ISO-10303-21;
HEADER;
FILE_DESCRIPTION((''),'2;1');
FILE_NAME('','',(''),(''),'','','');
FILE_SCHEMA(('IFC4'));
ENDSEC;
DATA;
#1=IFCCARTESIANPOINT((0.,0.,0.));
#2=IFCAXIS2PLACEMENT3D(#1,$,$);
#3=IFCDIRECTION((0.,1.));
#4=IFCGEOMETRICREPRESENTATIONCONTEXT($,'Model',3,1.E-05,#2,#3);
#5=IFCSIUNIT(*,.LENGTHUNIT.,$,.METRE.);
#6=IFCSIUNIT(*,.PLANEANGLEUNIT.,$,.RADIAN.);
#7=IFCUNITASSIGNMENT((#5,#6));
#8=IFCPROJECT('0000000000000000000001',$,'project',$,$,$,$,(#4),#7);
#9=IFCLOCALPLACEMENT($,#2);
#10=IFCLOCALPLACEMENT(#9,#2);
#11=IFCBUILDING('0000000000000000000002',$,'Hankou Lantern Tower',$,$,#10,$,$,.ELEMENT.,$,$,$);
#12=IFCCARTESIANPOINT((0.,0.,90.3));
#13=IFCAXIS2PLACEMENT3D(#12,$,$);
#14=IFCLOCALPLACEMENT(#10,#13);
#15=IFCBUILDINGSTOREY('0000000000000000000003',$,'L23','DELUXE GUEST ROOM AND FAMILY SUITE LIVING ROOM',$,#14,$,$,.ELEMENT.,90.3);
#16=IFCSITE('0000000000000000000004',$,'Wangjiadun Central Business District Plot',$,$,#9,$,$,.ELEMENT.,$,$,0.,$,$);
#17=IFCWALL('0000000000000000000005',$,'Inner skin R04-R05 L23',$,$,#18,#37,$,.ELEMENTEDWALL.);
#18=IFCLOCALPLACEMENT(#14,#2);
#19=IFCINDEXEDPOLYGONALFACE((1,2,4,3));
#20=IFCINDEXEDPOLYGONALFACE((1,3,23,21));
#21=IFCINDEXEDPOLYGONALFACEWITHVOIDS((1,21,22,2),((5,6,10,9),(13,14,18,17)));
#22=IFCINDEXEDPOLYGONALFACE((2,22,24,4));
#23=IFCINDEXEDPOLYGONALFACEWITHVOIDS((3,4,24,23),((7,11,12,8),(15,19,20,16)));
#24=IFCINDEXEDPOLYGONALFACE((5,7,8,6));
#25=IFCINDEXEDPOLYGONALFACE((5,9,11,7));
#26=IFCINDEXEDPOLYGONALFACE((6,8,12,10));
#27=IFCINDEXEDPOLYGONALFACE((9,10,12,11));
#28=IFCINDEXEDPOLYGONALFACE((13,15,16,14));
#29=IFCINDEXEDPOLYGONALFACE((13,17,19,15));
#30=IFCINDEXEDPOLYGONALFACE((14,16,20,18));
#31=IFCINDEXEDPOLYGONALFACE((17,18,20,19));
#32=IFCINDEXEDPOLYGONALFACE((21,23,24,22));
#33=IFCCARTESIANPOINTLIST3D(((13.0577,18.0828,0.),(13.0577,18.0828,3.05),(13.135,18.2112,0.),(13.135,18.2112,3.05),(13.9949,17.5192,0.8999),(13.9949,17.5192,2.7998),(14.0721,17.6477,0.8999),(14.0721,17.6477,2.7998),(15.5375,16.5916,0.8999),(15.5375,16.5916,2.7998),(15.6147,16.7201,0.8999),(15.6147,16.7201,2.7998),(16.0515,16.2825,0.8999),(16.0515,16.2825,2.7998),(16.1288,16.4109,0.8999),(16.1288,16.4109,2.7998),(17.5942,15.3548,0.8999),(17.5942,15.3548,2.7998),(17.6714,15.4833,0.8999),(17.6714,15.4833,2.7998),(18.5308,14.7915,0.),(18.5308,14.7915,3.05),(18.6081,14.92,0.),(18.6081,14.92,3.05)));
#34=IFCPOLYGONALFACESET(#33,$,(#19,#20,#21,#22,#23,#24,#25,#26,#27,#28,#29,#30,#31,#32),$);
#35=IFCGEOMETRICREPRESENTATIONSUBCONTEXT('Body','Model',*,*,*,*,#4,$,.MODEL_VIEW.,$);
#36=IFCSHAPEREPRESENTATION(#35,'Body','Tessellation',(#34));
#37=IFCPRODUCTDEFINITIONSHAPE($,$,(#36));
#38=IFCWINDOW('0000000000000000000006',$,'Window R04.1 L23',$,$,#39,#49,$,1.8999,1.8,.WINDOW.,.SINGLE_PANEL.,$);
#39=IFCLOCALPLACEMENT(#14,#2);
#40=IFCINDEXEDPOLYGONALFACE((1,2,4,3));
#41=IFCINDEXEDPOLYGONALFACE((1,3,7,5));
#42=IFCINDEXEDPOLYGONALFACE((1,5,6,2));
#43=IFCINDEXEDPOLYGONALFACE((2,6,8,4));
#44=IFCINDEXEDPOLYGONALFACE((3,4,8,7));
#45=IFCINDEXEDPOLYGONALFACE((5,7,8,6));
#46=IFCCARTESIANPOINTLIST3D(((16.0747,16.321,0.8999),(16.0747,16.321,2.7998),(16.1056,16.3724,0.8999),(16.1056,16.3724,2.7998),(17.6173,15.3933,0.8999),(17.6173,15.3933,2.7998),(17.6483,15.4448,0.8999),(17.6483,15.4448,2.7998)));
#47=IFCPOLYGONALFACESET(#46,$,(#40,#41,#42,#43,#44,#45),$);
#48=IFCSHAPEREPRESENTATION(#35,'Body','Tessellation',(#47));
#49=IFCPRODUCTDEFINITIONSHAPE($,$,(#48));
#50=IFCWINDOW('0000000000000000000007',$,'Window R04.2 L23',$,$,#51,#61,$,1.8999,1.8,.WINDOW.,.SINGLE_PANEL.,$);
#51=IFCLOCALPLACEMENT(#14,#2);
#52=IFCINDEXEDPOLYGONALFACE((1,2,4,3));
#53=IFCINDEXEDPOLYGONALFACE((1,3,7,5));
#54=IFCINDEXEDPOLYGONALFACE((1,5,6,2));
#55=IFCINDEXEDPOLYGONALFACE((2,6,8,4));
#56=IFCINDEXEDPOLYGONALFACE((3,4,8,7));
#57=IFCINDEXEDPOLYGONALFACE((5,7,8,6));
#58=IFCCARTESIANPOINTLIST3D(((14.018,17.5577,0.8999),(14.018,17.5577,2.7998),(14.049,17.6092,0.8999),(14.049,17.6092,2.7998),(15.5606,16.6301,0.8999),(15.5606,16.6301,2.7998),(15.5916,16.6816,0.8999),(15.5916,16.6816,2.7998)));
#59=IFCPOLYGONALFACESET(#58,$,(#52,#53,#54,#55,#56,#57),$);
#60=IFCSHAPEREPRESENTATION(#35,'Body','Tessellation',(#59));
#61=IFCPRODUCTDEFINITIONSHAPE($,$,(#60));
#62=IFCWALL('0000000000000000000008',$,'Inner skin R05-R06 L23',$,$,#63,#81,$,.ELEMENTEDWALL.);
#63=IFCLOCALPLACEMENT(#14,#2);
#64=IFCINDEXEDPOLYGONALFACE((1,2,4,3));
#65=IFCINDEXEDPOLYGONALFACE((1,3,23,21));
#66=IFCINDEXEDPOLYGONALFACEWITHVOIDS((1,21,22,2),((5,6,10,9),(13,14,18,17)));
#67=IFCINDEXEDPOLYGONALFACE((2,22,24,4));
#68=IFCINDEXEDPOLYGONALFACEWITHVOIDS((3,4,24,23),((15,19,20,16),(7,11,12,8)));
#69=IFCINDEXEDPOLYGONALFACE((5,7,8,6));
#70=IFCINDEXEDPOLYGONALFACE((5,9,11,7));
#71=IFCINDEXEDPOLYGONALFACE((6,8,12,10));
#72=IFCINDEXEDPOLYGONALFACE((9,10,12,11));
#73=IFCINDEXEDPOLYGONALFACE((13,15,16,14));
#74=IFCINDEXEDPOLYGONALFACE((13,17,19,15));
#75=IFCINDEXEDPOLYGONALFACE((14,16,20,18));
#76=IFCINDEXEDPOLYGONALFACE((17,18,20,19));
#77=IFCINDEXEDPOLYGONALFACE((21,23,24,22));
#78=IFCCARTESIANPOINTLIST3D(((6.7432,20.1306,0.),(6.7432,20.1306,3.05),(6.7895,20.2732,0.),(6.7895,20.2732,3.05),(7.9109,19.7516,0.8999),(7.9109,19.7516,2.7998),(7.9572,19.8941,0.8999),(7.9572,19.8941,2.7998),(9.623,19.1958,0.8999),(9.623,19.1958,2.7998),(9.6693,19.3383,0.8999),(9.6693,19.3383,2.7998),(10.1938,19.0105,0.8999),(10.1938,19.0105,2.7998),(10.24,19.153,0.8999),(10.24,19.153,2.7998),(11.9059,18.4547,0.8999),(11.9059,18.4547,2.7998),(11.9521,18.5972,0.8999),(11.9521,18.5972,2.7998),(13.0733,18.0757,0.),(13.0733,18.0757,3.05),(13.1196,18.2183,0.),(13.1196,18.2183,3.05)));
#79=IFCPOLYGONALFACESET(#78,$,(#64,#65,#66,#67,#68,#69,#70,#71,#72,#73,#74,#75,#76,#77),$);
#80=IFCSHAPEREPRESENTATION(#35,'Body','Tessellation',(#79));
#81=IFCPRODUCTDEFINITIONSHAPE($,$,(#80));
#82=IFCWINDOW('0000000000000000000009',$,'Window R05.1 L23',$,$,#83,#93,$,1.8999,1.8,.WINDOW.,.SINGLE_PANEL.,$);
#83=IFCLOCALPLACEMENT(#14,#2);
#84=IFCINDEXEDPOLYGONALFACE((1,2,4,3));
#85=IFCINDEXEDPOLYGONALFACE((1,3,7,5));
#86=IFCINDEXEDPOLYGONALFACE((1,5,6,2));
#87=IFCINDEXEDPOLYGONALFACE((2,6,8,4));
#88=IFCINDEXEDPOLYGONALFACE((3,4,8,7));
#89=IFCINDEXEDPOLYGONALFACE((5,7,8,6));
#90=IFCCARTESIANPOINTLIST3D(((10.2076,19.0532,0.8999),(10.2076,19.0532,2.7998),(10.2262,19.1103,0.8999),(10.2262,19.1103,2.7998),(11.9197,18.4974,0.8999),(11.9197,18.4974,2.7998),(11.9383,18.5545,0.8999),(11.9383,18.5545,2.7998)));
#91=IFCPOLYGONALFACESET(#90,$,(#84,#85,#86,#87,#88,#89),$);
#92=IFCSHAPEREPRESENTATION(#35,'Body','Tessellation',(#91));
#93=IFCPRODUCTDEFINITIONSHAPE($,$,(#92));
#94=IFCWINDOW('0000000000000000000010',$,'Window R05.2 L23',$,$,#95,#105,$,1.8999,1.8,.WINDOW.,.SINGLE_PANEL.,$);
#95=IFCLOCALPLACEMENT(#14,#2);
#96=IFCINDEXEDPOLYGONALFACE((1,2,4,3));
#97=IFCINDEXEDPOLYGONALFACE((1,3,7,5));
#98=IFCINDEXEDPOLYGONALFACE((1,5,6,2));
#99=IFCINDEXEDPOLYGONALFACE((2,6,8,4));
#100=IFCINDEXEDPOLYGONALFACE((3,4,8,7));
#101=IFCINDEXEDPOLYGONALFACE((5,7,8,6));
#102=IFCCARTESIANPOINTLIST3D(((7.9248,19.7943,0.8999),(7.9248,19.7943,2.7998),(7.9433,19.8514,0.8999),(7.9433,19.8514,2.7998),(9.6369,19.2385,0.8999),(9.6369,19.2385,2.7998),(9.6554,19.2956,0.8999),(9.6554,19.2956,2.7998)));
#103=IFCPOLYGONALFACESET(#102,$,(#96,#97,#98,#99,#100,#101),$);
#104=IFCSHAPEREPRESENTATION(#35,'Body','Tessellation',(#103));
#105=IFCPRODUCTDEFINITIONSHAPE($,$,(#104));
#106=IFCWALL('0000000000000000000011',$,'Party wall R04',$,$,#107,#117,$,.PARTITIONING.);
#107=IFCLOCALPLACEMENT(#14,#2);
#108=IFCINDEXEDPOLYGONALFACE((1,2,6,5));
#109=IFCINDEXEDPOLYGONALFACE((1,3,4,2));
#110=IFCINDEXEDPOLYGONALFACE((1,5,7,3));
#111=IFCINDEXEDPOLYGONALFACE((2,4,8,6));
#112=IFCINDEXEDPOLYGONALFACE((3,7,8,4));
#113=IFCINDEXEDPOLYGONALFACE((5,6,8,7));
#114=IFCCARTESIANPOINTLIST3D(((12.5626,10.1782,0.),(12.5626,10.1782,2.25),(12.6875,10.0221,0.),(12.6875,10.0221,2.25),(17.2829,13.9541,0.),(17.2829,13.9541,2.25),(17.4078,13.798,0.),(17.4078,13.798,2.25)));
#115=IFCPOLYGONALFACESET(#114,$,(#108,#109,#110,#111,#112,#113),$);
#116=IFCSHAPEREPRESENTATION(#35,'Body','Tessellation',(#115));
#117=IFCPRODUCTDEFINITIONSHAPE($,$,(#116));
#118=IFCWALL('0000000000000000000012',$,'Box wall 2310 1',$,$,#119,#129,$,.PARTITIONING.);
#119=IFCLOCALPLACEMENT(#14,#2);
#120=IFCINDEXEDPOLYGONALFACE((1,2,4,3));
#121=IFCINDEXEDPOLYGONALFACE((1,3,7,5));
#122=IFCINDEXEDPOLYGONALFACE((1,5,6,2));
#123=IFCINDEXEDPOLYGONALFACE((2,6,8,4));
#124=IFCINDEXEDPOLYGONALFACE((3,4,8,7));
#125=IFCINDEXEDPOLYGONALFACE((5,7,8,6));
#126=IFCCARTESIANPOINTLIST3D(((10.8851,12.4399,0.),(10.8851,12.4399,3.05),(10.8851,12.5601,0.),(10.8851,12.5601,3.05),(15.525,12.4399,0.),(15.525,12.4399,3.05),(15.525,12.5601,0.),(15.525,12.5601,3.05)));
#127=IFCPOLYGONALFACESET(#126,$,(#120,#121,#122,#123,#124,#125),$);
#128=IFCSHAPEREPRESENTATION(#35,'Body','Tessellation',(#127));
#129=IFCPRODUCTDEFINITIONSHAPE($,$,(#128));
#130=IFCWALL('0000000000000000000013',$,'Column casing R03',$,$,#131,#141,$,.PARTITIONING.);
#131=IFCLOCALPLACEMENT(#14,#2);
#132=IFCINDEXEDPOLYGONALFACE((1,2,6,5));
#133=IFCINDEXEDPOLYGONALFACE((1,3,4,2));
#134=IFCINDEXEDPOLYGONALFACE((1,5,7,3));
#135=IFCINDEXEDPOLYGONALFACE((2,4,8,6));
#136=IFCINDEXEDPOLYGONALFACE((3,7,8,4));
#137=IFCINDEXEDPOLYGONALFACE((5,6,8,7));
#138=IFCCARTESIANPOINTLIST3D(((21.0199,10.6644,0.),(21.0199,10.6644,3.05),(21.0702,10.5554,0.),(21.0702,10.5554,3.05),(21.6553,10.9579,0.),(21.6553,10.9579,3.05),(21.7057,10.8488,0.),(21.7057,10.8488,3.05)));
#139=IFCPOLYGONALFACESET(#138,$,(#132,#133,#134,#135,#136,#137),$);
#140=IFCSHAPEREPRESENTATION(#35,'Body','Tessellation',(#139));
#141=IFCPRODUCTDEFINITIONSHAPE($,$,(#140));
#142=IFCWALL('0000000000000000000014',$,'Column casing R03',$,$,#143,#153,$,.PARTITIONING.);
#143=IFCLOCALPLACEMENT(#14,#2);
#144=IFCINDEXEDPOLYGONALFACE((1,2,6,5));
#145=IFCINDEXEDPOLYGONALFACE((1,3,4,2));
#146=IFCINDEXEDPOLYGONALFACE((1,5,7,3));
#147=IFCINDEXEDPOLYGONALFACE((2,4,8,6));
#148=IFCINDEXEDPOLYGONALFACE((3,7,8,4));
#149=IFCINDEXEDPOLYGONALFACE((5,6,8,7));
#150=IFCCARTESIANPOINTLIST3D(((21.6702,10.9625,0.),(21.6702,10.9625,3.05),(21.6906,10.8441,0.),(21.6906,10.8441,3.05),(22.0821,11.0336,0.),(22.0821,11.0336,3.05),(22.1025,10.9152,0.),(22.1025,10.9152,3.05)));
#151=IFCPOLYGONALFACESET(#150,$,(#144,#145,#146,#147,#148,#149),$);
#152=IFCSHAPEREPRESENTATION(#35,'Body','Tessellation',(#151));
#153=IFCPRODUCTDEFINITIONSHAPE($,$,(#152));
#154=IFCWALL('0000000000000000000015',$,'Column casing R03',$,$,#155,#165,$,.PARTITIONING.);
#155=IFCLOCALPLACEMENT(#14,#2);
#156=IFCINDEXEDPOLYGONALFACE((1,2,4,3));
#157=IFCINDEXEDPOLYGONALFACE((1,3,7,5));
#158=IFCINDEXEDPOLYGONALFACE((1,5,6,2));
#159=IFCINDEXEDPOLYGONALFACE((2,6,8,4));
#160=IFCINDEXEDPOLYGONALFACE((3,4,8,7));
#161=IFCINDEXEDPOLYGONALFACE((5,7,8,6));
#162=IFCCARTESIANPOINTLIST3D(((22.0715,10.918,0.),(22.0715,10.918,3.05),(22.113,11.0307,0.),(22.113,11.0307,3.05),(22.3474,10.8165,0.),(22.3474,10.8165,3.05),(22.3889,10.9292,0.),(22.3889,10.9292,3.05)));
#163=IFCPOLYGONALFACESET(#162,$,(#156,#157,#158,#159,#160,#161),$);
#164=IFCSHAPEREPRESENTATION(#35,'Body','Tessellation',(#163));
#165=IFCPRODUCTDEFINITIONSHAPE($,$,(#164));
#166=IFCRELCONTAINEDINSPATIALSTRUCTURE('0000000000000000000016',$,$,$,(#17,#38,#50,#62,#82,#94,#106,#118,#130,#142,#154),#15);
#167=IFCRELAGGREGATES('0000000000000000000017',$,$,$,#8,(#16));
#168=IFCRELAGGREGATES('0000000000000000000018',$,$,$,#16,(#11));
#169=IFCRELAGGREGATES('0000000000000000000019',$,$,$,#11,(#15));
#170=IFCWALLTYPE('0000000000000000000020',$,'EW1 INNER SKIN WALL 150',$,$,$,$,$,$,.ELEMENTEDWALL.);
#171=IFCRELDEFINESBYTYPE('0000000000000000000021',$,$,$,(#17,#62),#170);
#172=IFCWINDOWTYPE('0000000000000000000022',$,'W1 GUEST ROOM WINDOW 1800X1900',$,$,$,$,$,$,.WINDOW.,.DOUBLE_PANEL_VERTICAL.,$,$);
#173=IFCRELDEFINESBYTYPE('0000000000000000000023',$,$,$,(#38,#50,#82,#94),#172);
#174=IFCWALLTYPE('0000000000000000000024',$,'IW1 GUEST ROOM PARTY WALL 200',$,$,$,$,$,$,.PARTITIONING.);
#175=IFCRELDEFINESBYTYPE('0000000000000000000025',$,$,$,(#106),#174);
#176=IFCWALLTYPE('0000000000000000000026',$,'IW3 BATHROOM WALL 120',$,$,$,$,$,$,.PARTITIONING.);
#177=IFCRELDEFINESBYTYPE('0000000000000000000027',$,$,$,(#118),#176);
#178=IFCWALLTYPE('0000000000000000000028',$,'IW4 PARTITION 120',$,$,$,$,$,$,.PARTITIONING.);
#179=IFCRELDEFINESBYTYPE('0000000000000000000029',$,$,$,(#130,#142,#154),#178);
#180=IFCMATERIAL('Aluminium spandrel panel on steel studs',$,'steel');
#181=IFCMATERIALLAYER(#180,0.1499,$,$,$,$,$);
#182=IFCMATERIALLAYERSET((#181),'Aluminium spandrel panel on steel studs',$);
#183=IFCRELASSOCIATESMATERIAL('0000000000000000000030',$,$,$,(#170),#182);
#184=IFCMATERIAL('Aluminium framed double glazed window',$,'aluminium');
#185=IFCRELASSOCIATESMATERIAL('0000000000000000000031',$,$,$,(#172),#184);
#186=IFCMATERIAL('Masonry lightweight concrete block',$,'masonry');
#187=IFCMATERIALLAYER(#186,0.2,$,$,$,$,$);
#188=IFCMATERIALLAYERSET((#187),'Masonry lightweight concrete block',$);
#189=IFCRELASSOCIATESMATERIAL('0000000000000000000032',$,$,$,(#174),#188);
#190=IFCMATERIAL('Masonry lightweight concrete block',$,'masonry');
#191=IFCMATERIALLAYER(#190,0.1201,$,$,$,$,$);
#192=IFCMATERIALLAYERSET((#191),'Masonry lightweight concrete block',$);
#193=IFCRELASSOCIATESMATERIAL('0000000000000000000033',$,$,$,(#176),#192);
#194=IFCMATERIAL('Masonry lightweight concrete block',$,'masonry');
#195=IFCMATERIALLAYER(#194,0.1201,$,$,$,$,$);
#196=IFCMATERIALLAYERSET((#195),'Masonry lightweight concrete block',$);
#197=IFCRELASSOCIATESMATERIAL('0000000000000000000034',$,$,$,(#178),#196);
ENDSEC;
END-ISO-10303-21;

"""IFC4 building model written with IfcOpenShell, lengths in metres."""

from ifc_helpers import new_model, si_unit, direction, frame, frame_2d, origin, place, context, subcontext, project, spatial, rectangle, extrude, material, layer, layer_set, type_object, element, fill, save


model = new_model("IFC4")

# Units and contexts
model_context = context("Model", 3, precision=1e-05, world=origin(), true_north=direction((0.0, 1.0)))
body_context = subcontext(model_context, "Body", "Model", "MODEL_VIEW")
ifc_project = project(units=[si_unit("LENGTHUNIT", "METRE"), si_unit("PLANEANGLEUNIT", "RADIAN")], contexts=[model_context])

# Site, building, storey
site_placement = place(None, origin())
site = spatial("IfcSite", under=ifc_project, at=site_placement, Name="Wangjiadun Central Business District Plot", CompositionType="ELEMENT", RefElevation=0.0)
building_placement = place(site_placement, origin())
building = spatial("IfcBuilding", under=site, at=building_placement, Name="Hankou Lantern Tower", CompositionType="ELEMENT")
storey_placement = place(building_placement, frame((0.0, 0.0, 90.3)))
storey = spatial("IfcBuildingStorey", under=building, at=storey_placement, Name="L23", Description="DELUXE GUEST ROOM AND FAMILY SUITE LIVING ROOM", CompositionType="ELEMENT", Elevation=90.3)

# Walls, openings, windows
ifc_material_1 = material(Name="Aluminium spandrel panel on steel studs", Category="steel")
ifc_layer_1 = layer(ifc_material_1, 0.1499)
ifc_layer_set_1 = layer_set([ifc_layer_1], Name="Aluminium spandrel panel on steel studs")
wall_type_1 = type_object("IfcWallType", Name="EW1 INNER SKIN WALL 150", PredefinedType="ELEMENTEDWALL", material=ifc_layer_set_1)
ifc_material_2 = material(Name="Aluminium framed double glazed window", Category="aluminium")
window_type = type_object("IfcWindowType", Name="W1 GUEST ROOM WINDOW 1800X1900", PartitioningType="DOUBLE_PANEL_VERTICAL", PredefinedType="WINDOW", material=ifc_material_2)
wall_1_placement = place(storey_placement, frame((18.5696, 14.8557, 0.0), z_axis=(0.0, 0.0, 1.0), x_axis=(-0.856983, 0.515344, 0.0)))
wall_1 = element("IfcWall", 1, at=wall_1_placement, inside=storey, type_object=wall_type_1, Name="Inner skin R04-R05 L23", PredefinedType="ELEMENTEDWALL", context=body_context, shape_type="SweptSolid", body=[
    extrude(rectangle(XDim=6.3865, YDim=0.1499, at=frame_2d((3.1934, 0.0))), origin(), (0.0, 0.0, 1.0), 3.05),
])
opening_1_placement = place(wall_1_placement, frame((1.0933, 0.0, 0.8999)))
opening_1 = element("IfcOpeningElement", 2, at=opening_1_placement, cuts=wall_1, PredefinedType="OPENING", context=body_context, shape_type="SweptSolid", body=[
    extrude(rectangle(XDim=1.8, YDim=1.8999, at=frame_2d((0.8999, 0.95))), frame((0.0, 0.085, 0.0), z_axis=(0.0, -1.0, 0.0), x_axis=(1.0, 0.0, 0.0)), (0.0, 0.0, 1.0), 0.1699),
])
opening_2_placement = place(wall_1_placement, frame((3.4932, 0.0, 0.8999)))
opening_2 = element("IfcOpeningElement", 3, at=opening_2_placement, cuts=wall_1, PredefinedType="OPENING", context=body_context, shape_type="SweptSolid", body=[
    extrude(rectangle(XDim=1.8, YDim=1.8999, at=frame_2d((0.8999, 0.95))), frame((0.0, 0.085, 0.0), z_axis=(0.0, -1.0, 0.0), x_axis=(1.0, 0.0, 0.0)), (0.0, 0.0, 1.0), 0.1699),
])
window_1_placement = place(opening_1_placement, origin())
window_1 = element("IfcWindow", 4, at=window_1_placement, inside=storey, type_object=window_type, Name="Window R04.1 L23", OverallHeight=1.8999, OverallWidth=1.8, PartitioningType="SINGLE_PANEL", PredefinedType="WINDOW", context=body_context, shape_type="SweptSolid", body=[
    extrude(rectangle(XDim=1.8, YDim=1.8999, at=frame_2d((0.8999, 0.95))), frame((0.0, 0.03, 0.0), z_axis=(0.0, -1.0, 0.0), x_axis=(1.0, 0.0, 0.0)), (0.0, 0.0, 1.0), 0.0601),
])
fill(opening_1, window_1)
window_2_placement = place(opening_2_placement, origin())
window_2 = element("IfcWindow", 5, at=window_2_placement, inside=storey, type_object=window_type, Name="Window R04.2 L23", OverallHeight=1.8999, OverallWidth=1.8, PartitioningType="SINGLE_PANEL", PredefinedType="WINDOW", context=body_context, shape_type="SweptSolid", body=[
    extrude(rectangle(XDim=1.8, YDim=1.8999, at=frame_2d((0.8999, 0.95))), frame((0.0, 0.03, 0.0), z_axis=(0.0, -1.0, 0.0), x_axis=(1.0, 0.0, 0.0)), (0.0, 0.0, 1.0), 0.0601),
])
fill(opening_2, window_2)
wall_2_placement = place(storey_placement, frame((13.0964, 18.147, 0.0), z_axis=(0.0, 0.0, 1.0), x_axis=(-0.951138, 0.308768, 0.0)))
wall_2 = element("IfcWall", 6, at=wall_2_placement, inside=storey, type_object=wall_type_1, Name="Inner skin R05-R06 L23", PredefinedType="ELEMENTEDWALL", context=body_context, shape_type="SweptSolid", body=[
    extrude(rectangle(XDim=6.6553, YDim=0.1499, at=frame_2d((3.3276, 0.0))), origin(), (0.0, 0.0, 1.0), 3.05),
])
opening_3_placement = place(wall_2_placement, frame((1.2275, 0.0, 0.8999)))
opening_3 = element("IfcOpeningElement", 7, at=opening_3_placement, cuts=wall_2, PredefinedType="OPENING", context=body_context, shape_type="SweptSolid", body=[
    extrude(rectangle(XDim=1.8, YDim=1.8999, at=frame_2d((0.8999, 0.95))), frame((0.0, 0.085, 0.0), z_axis=(0.0, -1.0, 0.0), x_axis=(1.0, 0.0, 0.0)), (0.0, 0.0, 1.0), 0.1699),
])
opening_4_placement = place(wall_2_placement, frame((3.6277, 0.0, 0.8999)))
opening_4 = element("IfcOpeningElement", 8, at=opening_4_placement, cuts=wall_2, PredefinedType="OPENING", context=body_context, shape_type="SweptSolid", body=[
    extrude(rectangle(XDim=1.8, YDim=1.8999, at=frame_2d((0.8999, 0.95))), frame((0.0, 0.085, 0.0), z_axis=(0.0, -1.0, 0.0), x_axis=(1.0, 0.0, 0.0)), (0.0, 0.0, 1.0), 0.1699),
])
window_3_placement = place(opening_3_placement, origin())
window_3 = element("IfcWindow", 9, at=window_3_placement, inside=storey, type_object=window_type, Name="Window R05.1 L23", OverallHeight=1.8999, OverallWidth=1.8, PartitioningType="SINGLE_PANEL", PredefinedType="WINDOW", context=body_context, shape_type="SweptSolid", body=[
    extrude(rectangle(XDim=1.8, YDim=1.8999, at=frame_2d((0.8999, 0.95))), frame((0.0, 0.03, 0.0), z_axis=(0.0, -1.0, 0.0), x_axis=(1.0, 0.0, 0.0)), (0.0, 0.0, 1.0), 0.0601),
])
fill(opening_3, window_3)
window_4_placement = place(opening_4_placement, origin())
window_4 = element("IfcWindow", 10, at=window_4_placement, inside=storey, type_object=window_type, Name="Window R05.2 L23", OverallHeight=1.8999, OverallWidth=1.8, PartitioningType="SINGLE_PANEL", PredefinedType="WINDOW", context=body_context, shape_type="SweptSolid", body=[
    extrude(rectangle(XDim=1.8, YDim=1.8999, at=frame_2d((0.8999, 0.95))), frame((0.0, 0.03, 0.0), z_axis=(0.0, -1.0, 0.0), x_axis=(1.0, 0.0, 0.0)), (0.0, 0.0, 1.0), 0.0601),
])
fill(opening_4, window_4)

# Walls
ifc_material_3 = material(Name="Masonry lightweight concrete block", Category="masonry")
ifc_layer_2 = layer(ifc_material_3, 0.2)
ifc_layer_set_2 = layer_set([ifc_layer_2], Name="Masonry lightweight concrete block")
wall_type_2 = type_object("IfcWallType", Name="IW1 GUEST ROOM PARTY WALL 200", PredefinedType="PARTITIONING", material=ifc_layer_set_2)
wall_3_placement = place(storey_placement, frame((12.625, 10.1001, 0.0), z_axis=(0.0, 0.0, 1.0), x_axis=(0.780892, 0.624665, 0.0)))
element("IfcWall", 11, at=wall_3_placement, inside=storey, type_object=wall_type_2, Name="Party wall R04", PredefinedType="PARTITIONING", context=body_context, shape_type="SweptSolid", body=[
    extrude(rectangle(XDim=6.0447, YDim=0.2, at=frame_2d((3.0225, 0.0))), origin(), (0.0, 0.0, 1.0), 2.25),
])
ifc_material_4 = material(Name="Masonry lightweight concrete block", Category="masonry")
ifc_layer_3 = layer(ifc_material_4, 0.1201)
ifc_layer_set_3 = layer_set([ifc_layer_3], Name="Masonry lightweight concrete block")
wall_type_3 = type_object("IfcWallType", Name="IW3 BATHROOM WALL 120", PredefinedType="PARTITIONING", material=ifc_layer_set_3)
wall_4_placement = place(storey_placement, frame((15.5249, 12.5, 0.0), z_axis=(0.0, 0.0, 1.0), x_axis=(-1.0, 0.0, 0.0)))
element("IfcWall", 12, at=wall_4_placement, inside=storey, type_object=wall_type_3, Name="Box wall 2310 1", PredefinedType="PARTITIONING", context=body_context, shape_type="SweptSolid", body=[
    extrude(rectangle(XDim=4.6399, YDim=0.1201, at=frame_2d((2.3198, 0.0))), origin(), (0.0, 0.0, 1.0), 3.05),
])
ifc_material_5 = material(Name="Masonry lightweight concrete block", Category="masonry")
ifc_layer_4 = layer(ifc_material_5, 0.1201)
ifc_layer_set_4 = layer_set([ifc_layer_4], Name="Masonry lightweight concrete block")
wall_type_4 = type_object("IfcWallType", Name="IW4 PARTITION 120", PredefinedType="PARTITIONING", material=ifc_layer_set_4)
wall_5_placement = place(storey_placement, frame((21.0449, 10.6099, 0.0), z_axis=(0.0, 0.0, 1.0), x_axis=(0.907878, 0.419235, 0.0)))
element("IfcWall", 13, at=wall_5_placement, inside=storey, type_object=wall_type_4, Name="Column casing R03", PredefinedType="PARTITIONING", context=body_context, shape_type="SweptSolid", body=[
    extrude(rectangle(XDim=0.7, YDim=0.1201, at=frame_2d((0.3501, 0.0))), origin(), (0.0, 0.0, 1.0), 3.05),
])
wall_6_placement = place(storey_placement, frame((21.6804, 10.9033, 0.0), z_axis=(0.0, 0.0, 1.0), x_axis=(0.985447, 0.169985, 0.0)))
element("IfcWall", 14, at=wall_6_placement, inside=storey, type_object=wall_type_4, Name="Column casing R03", PredefinedType="PARTITIONING", context=body_context, shape_type="SweptSolid", body=[
    extrude(rectangle(XDim=0.418, YDim=0.1201, at=frame_2d((0.209, 0.0))), origin(), (0.0, 0.0, 1.0), 3.05),
])
wall_7_placement = place(storey_placement, frame((22.0923, 10.9744, 0.0), z_axis=(0.0, 0.0, 1.0), x_axis=(0.938428, -0.345474, 0.0)))
element("IfcWall", 15, at=wall_7_placement, inside=storey, type_object=wall_type_4, Name="Column casing R03", PredefinedType="PARTITIONING", context=body_context, shape_type="SweptSolid", body=[
    extrude(rectangle(XDim=0.2939, YDim=0.1201, at=frame_2d((0.147, 0.0))), origin(), (0.0, 0.0, 1.0), 3.05),
])

save(model, "model.ifc")
